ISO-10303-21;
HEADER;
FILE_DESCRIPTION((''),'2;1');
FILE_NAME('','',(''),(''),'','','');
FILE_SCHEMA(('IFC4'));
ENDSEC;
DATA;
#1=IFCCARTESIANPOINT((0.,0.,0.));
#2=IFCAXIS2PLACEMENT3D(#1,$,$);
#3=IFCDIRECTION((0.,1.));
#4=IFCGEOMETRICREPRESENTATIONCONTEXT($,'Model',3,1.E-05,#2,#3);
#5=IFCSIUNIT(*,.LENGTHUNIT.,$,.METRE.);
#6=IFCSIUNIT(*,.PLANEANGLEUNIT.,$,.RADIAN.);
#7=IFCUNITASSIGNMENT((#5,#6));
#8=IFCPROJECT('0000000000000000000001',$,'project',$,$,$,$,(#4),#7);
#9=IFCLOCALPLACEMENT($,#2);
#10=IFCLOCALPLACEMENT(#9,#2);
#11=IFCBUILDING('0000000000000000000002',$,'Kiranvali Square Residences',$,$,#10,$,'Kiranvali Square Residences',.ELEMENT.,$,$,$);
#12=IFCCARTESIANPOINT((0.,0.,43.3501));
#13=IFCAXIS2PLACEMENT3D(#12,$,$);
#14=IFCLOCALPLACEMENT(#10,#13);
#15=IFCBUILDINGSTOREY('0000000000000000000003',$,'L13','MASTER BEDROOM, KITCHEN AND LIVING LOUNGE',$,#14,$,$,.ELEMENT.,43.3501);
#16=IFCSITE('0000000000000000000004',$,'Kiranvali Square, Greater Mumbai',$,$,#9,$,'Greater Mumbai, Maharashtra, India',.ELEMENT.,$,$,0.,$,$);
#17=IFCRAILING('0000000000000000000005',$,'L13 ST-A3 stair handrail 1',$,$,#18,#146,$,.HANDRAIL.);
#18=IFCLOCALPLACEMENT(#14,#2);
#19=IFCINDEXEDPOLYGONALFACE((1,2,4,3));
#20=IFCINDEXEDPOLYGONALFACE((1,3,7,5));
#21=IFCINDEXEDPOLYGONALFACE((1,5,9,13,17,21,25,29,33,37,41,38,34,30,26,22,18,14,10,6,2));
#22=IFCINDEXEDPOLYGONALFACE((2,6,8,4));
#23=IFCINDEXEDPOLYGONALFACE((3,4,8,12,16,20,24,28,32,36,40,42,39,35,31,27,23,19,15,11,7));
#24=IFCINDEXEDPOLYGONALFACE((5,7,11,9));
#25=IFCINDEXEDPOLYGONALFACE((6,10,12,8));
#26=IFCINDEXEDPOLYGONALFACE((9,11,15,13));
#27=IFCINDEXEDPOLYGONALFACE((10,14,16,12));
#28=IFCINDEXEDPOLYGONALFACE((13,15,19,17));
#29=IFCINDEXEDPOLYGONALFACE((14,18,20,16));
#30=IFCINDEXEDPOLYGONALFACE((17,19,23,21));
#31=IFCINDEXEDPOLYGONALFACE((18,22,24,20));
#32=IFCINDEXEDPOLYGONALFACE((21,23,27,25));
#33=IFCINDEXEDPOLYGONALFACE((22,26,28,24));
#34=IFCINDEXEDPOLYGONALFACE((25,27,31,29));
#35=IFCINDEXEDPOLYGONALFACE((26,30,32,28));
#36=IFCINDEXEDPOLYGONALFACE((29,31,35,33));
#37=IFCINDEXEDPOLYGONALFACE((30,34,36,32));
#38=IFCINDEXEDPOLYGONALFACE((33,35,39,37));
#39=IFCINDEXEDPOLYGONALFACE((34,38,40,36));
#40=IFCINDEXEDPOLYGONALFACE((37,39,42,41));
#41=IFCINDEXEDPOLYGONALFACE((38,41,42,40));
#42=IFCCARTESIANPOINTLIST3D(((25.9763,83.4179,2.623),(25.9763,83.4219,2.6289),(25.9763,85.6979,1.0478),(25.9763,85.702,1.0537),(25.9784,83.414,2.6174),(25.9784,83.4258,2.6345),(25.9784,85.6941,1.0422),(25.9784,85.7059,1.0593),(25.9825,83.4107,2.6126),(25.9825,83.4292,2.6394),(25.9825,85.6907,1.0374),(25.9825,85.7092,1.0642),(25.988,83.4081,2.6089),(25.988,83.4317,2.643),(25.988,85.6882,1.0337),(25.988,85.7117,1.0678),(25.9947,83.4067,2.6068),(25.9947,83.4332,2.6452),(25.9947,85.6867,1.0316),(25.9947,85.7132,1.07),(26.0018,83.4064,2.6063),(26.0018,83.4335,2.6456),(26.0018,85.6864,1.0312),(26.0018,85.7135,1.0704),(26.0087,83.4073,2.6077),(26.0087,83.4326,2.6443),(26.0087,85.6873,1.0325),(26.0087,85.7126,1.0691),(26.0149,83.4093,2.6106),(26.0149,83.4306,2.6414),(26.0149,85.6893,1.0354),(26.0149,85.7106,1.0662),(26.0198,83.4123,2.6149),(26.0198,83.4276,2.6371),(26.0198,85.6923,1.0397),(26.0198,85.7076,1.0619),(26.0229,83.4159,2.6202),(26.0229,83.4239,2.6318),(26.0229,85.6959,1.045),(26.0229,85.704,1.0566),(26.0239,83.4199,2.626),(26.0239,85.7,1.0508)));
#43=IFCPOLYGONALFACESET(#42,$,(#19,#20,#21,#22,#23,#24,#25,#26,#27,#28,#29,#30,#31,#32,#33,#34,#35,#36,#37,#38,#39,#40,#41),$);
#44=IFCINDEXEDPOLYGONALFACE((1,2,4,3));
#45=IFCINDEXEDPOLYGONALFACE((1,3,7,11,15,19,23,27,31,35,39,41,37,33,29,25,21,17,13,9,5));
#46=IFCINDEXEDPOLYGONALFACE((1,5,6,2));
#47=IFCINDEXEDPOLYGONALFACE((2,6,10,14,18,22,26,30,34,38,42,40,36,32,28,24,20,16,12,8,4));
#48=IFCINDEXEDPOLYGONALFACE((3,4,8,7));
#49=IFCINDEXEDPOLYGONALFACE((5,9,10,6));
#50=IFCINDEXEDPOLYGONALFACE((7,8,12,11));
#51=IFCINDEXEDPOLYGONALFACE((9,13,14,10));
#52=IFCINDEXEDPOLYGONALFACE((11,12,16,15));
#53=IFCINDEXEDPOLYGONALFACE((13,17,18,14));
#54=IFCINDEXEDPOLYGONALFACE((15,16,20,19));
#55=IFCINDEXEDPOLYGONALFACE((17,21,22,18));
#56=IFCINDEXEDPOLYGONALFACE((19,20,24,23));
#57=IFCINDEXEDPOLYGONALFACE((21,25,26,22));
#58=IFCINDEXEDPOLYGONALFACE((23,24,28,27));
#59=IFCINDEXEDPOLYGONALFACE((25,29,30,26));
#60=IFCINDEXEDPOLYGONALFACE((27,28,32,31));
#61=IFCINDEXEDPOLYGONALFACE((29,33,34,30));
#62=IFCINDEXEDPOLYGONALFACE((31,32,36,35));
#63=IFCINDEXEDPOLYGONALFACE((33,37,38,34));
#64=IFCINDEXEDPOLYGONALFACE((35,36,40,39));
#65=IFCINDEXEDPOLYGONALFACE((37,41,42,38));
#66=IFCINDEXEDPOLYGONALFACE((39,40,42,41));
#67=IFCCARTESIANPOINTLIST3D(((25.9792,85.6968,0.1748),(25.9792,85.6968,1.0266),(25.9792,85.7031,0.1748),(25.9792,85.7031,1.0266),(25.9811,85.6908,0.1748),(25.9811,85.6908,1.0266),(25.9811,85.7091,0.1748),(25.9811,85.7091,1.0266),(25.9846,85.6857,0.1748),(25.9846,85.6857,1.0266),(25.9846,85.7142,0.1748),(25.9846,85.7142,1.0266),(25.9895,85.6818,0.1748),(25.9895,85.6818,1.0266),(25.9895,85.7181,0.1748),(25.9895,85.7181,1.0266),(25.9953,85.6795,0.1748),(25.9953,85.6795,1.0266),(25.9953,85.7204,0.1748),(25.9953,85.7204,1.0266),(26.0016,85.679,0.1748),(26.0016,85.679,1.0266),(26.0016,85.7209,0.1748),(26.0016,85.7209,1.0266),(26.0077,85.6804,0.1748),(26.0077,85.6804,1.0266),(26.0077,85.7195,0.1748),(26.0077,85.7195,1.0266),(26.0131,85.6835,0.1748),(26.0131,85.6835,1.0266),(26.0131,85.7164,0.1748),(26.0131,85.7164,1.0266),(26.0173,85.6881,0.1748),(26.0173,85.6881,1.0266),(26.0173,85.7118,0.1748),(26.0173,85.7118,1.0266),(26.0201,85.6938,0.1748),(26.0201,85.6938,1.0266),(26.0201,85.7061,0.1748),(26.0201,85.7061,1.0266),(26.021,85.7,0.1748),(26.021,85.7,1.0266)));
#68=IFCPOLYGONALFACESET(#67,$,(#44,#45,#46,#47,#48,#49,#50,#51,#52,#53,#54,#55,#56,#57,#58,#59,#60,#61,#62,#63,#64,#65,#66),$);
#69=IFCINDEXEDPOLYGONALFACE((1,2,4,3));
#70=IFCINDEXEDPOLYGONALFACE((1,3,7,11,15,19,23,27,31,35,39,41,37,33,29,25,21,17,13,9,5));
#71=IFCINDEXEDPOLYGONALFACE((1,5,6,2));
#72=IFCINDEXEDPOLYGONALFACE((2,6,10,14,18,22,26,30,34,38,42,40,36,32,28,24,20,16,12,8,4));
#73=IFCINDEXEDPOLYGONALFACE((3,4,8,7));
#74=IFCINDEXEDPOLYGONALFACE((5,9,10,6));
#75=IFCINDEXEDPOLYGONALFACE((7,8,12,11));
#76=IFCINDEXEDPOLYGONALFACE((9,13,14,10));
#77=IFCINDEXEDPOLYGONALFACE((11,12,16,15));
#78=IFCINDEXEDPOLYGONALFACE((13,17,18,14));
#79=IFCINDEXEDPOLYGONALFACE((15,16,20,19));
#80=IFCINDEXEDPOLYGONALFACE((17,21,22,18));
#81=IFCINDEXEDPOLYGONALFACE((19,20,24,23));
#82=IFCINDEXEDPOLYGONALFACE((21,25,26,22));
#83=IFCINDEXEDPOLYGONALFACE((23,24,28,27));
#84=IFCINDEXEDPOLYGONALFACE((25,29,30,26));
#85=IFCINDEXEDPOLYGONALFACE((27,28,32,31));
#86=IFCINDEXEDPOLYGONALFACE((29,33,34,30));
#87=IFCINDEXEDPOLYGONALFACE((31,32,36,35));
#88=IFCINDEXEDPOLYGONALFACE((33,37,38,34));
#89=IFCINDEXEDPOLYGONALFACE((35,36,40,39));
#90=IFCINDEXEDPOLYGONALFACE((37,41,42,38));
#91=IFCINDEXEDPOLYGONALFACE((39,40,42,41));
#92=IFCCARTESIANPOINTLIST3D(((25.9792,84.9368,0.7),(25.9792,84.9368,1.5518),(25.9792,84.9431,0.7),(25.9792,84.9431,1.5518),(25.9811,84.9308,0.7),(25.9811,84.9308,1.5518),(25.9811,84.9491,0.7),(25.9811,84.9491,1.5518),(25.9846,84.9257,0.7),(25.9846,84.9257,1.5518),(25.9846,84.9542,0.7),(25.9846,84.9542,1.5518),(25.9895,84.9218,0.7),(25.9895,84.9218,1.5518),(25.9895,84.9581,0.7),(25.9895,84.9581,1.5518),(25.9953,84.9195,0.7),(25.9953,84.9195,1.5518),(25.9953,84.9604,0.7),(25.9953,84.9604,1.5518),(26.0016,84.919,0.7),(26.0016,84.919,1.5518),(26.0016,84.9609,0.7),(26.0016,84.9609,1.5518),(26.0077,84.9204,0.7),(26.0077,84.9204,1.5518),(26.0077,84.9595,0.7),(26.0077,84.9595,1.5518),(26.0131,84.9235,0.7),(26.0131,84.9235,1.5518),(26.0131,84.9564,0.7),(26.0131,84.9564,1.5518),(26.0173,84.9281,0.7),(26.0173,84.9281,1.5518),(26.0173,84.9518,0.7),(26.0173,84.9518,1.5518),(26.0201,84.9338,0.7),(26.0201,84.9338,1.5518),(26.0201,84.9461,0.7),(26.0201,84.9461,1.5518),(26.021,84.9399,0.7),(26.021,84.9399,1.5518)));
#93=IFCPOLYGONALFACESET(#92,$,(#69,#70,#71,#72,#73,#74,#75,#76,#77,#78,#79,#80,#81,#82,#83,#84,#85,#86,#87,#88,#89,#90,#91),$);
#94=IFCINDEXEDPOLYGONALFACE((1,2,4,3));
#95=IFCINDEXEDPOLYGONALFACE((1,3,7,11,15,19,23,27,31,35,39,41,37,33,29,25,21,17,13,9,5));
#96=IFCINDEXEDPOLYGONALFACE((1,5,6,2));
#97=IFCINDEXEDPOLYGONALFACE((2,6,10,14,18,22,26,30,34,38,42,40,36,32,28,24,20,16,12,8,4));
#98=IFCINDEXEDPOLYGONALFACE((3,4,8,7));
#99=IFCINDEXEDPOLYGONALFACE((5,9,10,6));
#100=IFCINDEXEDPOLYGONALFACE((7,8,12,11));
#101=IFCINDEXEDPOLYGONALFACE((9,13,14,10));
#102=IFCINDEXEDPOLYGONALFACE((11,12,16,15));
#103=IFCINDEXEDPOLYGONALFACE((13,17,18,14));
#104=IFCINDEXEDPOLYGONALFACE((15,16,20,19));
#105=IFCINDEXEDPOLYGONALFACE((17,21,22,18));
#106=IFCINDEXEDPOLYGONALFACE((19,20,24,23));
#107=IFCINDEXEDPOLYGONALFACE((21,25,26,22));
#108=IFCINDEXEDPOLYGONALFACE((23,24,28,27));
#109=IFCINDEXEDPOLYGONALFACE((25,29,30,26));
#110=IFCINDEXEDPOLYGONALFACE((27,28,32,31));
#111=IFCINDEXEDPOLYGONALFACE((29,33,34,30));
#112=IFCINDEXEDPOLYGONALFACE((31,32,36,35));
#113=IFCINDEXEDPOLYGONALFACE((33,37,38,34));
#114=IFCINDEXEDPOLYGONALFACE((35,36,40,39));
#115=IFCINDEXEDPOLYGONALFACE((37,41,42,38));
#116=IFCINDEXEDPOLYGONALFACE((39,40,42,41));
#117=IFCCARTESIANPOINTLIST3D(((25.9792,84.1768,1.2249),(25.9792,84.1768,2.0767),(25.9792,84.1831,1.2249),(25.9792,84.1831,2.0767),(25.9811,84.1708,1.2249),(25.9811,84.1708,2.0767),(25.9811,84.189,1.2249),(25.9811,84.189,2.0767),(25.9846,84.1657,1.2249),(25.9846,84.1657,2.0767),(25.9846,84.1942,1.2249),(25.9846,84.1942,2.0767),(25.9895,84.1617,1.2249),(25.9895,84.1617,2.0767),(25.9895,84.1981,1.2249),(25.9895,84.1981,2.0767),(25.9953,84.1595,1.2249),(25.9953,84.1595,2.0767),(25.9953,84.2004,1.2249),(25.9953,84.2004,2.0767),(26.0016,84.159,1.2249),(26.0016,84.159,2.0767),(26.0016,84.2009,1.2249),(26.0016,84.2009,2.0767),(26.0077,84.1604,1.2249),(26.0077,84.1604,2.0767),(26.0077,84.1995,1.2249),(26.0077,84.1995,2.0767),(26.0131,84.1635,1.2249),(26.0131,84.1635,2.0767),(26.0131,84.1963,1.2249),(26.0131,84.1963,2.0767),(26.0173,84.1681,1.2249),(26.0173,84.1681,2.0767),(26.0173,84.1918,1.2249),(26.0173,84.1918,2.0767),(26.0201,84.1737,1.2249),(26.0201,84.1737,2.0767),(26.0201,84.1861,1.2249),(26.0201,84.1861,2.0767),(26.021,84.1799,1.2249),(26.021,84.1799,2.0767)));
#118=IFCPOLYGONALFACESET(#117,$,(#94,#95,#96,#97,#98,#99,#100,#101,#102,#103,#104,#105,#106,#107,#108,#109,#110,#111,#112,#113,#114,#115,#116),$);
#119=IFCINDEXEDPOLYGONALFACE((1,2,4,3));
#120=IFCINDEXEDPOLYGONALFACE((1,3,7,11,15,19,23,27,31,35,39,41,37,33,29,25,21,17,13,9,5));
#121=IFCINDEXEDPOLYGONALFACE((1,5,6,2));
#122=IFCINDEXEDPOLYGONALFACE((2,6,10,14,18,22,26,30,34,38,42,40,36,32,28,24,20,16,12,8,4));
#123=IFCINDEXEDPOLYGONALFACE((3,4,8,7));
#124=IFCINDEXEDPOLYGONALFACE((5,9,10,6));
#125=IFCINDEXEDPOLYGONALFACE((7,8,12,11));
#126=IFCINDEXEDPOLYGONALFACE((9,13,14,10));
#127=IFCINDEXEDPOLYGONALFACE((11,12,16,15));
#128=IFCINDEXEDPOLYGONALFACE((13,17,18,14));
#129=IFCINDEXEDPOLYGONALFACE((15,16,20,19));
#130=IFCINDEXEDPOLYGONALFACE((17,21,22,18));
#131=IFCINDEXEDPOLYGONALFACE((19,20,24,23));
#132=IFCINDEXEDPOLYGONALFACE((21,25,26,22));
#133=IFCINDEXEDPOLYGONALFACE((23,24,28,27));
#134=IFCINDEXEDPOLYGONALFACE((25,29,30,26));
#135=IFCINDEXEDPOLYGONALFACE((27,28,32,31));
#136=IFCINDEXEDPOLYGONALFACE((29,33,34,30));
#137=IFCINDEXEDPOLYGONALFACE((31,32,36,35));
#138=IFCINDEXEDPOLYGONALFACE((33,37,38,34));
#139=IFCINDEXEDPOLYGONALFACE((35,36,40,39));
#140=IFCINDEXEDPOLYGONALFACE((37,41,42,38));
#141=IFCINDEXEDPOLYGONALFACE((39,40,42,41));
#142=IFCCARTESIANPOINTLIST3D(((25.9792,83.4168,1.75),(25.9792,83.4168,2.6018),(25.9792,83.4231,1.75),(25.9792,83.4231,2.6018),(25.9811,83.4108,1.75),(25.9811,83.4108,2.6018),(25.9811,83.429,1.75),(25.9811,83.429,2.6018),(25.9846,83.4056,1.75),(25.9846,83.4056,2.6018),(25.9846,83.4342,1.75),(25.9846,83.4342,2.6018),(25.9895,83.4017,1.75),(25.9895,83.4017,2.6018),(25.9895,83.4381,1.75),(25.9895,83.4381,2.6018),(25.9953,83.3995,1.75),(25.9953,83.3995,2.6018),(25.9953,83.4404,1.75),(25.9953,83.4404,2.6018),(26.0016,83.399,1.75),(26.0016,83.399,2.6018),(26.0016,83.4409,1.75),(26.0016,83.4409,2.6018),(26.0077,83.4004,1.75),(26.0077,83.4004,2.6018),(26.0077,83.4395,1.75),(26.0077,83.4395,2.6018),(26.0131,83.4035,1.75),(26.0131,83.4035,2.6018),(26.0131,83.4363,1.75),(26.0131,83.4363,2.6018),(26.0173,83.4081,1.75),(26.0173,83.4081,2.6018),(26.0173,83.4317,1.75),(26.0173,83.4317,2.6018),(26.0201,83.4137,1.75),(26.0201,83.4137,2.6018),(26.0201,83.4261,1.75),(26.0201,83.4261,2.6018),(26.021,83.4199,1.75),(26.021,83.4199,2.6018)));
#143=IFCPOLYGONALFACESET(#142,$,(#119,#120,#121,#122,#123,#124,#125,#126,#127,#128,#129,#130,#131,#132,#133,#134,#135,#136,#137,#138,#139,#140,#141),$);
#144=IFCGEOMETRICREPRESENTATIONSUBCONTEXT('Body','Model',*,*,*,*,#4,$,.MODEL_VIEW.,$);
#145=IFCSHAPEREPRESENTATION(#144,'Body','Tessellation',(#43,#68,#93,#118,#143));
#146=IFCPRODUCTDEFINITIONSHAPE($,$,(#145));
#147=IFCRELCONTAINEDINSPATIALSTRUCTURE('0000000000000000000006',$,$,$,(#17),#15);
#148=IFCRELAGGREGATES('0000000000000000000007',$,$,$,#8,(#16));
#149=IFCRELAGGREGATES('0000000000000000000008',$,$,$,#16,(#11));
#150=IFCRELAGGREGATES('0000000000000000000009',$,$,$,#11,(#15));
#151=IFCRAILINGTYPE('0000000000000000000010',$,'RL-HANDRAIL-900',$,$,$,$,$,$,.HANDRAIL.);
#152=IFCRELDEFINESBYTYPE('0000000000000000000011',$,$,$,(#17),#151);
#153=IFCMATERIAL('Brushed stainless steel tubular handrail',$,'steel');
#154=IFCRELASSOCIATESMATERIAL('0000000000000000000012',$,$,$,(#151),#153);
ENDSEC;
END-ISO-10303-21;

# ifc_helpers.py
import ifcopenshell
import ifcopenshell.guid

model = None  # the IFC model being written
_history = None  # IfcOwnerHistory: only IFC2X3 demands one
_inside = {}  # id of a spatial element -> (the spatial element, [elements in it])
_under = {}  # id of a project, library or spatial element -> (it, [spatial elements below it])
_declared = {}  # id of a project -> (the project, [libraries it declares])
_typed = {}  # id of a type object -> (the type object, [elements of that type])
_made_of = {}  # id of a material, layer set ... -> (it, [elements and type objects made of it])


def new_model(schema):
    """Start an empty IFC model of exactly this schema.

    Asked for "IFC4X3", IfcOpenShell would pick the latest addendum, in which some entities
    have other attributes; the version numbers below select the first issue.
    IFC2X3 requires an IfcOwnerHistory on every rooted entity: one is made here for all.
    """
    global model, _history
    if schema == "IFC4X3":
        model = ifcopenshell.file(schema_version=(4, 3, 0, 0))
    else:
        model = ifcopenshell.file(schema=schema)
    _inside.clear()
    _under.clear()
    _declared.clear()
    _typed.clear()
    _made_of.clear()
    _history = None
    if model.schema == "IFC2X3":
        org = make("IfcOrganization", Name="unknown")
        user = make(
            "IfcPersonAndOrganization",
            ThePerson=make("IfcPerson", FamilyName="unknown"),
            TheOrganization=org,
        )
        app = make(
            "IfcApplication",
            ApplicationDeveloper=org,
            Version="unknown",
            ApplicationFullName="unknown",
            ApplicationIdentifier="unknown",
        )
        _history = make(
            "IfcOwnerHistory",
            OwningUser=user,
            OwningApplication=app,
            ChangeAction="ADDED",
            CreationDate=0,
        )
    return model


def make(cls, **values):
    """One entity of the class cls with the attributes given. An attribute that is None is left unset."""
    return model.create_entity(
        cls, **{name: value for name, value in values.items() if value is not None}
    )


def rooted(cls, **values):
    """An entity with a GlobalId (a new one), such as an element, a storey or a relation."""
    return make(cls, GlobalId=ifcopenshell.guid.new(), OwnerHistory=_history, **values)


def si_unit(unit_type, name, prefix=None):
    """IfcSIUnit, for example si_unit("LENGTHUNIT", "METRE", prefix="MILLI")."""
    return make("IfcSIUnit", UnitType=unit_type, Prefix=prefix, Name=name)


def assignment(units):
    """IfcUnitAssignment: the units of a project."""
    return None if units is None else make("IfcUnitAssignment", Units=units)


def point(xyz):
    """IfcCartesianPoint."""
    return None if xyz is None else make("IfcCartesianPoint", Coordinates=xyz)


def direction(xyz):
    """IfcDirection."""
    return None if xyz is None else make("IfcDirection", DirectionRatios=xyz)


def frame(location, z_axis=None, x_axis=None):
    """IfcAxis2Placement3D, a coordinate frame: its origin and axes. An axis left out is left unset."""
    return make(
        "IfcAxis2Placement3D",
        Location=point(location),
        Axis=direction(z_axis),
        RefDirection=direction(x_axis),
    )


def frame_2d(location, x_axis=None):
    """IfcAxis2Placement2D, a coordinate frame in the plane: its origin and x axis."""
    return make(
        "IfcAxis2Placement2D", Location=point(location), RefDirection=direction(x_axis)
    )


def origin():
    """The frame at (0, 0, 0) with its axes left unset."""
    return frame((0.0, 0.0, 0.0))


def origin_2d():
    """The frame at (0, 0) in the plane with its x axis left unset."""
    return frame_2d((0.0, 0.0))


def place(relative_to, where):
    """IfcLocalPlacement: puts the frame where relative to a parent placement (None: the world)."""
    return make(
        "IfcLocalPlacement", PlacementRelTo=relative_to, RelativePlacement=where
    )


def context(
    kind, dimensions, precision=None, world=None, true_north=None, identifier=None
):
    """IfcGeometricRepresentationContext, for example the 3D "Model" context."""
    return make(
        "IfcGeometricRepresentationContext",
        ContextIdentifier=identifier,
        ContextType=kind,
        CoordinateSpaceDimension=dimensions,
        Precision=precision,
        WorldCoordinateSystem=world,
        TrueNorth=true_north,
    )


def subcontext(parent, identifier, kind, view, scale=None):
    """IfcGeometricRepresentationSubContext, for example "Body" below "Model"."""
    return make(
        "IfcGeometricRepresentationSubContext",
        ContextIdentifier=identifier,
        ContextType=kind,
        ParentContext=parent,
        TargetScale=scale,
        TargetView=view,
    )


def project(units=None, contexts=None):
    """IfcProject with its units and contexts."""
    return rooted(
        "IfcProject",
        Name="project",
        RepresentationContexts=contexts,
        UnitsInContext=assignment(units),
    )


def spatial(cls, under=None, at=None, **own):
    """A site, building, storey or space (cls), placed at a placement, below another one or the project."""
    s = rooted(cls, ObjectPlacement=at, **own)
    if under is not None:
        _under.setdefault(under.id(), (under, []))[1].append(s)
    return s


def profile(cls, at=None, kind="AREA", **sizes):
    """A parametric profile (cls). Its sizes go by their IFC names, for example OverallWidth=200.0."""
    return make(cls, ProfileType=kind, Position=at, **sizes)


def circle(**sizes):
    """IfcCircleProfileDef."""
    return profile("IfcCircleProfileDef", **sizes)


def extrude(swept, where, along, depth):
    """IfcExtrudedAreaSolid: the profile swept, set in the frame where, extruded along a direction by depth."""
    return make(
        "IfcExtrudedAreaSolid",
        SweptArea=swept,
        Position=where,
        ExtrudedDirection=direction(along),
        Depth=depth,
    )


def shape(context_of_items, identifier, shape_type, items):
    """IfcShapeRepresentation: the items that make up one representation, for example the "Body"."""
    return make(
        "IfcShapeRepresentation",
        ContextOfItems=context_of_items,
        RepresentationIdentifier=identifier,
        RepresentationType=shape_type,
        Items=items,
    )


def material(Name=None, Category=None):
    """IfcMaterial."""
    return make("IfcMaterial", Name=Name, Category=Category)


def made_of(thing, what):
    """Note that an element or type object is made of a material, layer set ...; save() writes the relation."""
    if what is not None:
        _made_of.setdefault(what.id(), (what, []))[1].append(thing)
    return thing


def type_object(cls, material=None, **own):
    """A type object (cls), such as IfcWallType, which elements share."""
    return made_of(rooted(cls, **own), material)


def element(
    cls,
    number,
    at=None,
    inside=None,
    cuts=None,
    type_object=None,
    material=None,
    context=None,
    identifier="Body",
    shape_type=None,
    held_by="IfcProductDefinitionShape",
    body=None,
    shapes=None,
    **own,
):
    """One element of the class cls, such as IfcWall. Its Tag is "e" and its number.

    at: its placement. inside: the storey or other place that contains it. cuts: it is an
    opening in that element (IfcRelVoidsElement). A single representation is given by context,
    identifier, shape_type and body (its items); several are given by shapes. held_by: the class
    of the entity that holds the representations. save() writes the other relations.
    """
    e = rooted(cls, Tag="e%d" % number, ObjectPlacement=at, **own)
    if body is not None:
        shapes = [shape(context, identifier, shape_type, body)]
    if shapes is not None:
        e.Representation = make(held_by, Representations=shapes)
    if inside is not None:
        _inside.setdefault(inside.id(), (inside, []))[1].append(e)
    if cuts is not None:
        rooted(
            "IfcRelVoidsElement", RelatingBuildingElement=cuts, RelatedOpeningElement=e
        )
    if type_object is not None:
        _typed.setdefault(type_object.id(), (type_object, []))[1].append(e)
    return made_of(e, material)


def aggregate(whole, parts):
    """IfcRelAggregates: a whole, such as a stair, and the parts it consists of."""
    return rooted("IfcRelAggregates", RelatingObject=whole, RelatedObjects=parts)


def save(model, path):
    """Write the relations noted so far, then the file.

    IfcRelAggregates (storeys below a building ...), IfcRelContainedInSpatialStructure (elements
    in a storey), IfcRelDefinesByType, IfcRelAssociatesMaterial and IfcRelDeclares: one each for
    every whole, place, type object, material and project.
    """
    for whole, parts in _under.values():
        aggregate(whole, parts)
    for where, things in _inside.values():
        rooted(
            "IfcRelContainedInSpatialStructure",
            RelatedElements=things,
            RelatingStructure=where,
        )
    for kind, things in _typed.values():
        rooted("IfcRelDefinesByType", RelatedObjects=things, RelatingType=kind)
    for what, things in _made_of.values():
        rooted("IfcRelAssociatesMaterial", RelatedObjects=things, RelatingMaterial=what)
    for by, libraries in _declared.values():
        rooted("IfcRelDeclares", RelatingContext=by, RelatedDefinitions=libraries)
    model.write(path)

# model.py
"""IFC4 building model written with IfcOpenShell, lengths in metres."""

from ifc_helpers import new_model, si_unit, direction, frame, origin, origin_2d, place, context, subcontext, project, spatial, circle, extrude, material, type_object, element, save


model = new_model("IFC4")

# Units and contexts
model_context = context("Model", 3, precision=1e-05, world=origin(), true_north=direction((0.0, 1.0)))
body_context = subcontext(model_context, "Body", "Model", "MODEL_VIEW")
ifc_project = project(units=[si_unit("LENGTHUNIT", "METRE"), si_unit("PLANEANGLEUNIT", "RADIAN")], contexts=[model_context])

# Site, building, storey
site_placement = place(None, origin())
site = spatial("IfcSite", under=ifc_project, at=site_placement, Name="Kiranvali Square, Greater Mumbai", LongName="Greater Mumbai, Maharashtra, India", CompositionType="ELEMENT", RefElevation=0.0)
building_placement = place(site_placement, origin())
building = spatial("IfcBuilding", under=site, at=building_placement, Name="Kiranvali Square Residences", LongName="Kiranvali Square Residences", CompositionType="ELEMENT")
storey_placement = place(building_placement, frame((0.0, 0.0, 43.3501)))
storey = spatial("IfcBuildingStorey", under=building, at=storey_placement, Name="L13", Description="MASTER BEDROOM, KITCHEN AND LIVING LOUNGE", CompositionType="ELEMENT", Elevation=43.3501)

# Railing
ifc_material_1 = material(Name="Brushed stainless steel tubular handrail", Category="steel")
railing_type_1 = type_object("IfcRailingType", Name="RL-HANDRAIL-900", PredefinedType="HANDRAIL", material=ifc_material_1)
railing_1_placement = place(storey_placement, frame((26.0, 85.7, 0.1748)))
element("IfcRailing", 1, at=railing_1_placement, inside=storey, type_object=railing_type_1, Name="L13 ST-A3 stair handrail 1", PredefinedType="HANDRAIL", context=body_context, shape_type="SweptSolid", body=[
    extrude(circle(Radius=0.0239, at=origin_2d()), frame((0.0, 0.0, 0.876), z_axis=(0.0, -0.822747, 0.568408), x_axis=(1.0, 0.0, 0.0)), (0.0, 0.0, 1.0), 2.7712),
    extrude(circle(Radius=0.021, at=origin_2d()), origin(), (0.0, 0.0, 1.0), 0.8518),
    extrude(circle(Radius=0.021, at=origin_2d()), frame((0.0, -0.76, 0.5251)), (0.0, 0.0, 1.0), 0.8518),
    extrude(circle(Radius=0.021, at=origin_2d()), frame((0.0, -1.52, 1.05)), (0.0, 0.0, 1.0), 0.8518),
    extrude(circle(Radius=0.021, at=origin_2d()), frame((0.0, -2.28, 1.5752)), (0.0, 0.0, 1.0), 0.8518),
])

save(model, "model.ifc")
